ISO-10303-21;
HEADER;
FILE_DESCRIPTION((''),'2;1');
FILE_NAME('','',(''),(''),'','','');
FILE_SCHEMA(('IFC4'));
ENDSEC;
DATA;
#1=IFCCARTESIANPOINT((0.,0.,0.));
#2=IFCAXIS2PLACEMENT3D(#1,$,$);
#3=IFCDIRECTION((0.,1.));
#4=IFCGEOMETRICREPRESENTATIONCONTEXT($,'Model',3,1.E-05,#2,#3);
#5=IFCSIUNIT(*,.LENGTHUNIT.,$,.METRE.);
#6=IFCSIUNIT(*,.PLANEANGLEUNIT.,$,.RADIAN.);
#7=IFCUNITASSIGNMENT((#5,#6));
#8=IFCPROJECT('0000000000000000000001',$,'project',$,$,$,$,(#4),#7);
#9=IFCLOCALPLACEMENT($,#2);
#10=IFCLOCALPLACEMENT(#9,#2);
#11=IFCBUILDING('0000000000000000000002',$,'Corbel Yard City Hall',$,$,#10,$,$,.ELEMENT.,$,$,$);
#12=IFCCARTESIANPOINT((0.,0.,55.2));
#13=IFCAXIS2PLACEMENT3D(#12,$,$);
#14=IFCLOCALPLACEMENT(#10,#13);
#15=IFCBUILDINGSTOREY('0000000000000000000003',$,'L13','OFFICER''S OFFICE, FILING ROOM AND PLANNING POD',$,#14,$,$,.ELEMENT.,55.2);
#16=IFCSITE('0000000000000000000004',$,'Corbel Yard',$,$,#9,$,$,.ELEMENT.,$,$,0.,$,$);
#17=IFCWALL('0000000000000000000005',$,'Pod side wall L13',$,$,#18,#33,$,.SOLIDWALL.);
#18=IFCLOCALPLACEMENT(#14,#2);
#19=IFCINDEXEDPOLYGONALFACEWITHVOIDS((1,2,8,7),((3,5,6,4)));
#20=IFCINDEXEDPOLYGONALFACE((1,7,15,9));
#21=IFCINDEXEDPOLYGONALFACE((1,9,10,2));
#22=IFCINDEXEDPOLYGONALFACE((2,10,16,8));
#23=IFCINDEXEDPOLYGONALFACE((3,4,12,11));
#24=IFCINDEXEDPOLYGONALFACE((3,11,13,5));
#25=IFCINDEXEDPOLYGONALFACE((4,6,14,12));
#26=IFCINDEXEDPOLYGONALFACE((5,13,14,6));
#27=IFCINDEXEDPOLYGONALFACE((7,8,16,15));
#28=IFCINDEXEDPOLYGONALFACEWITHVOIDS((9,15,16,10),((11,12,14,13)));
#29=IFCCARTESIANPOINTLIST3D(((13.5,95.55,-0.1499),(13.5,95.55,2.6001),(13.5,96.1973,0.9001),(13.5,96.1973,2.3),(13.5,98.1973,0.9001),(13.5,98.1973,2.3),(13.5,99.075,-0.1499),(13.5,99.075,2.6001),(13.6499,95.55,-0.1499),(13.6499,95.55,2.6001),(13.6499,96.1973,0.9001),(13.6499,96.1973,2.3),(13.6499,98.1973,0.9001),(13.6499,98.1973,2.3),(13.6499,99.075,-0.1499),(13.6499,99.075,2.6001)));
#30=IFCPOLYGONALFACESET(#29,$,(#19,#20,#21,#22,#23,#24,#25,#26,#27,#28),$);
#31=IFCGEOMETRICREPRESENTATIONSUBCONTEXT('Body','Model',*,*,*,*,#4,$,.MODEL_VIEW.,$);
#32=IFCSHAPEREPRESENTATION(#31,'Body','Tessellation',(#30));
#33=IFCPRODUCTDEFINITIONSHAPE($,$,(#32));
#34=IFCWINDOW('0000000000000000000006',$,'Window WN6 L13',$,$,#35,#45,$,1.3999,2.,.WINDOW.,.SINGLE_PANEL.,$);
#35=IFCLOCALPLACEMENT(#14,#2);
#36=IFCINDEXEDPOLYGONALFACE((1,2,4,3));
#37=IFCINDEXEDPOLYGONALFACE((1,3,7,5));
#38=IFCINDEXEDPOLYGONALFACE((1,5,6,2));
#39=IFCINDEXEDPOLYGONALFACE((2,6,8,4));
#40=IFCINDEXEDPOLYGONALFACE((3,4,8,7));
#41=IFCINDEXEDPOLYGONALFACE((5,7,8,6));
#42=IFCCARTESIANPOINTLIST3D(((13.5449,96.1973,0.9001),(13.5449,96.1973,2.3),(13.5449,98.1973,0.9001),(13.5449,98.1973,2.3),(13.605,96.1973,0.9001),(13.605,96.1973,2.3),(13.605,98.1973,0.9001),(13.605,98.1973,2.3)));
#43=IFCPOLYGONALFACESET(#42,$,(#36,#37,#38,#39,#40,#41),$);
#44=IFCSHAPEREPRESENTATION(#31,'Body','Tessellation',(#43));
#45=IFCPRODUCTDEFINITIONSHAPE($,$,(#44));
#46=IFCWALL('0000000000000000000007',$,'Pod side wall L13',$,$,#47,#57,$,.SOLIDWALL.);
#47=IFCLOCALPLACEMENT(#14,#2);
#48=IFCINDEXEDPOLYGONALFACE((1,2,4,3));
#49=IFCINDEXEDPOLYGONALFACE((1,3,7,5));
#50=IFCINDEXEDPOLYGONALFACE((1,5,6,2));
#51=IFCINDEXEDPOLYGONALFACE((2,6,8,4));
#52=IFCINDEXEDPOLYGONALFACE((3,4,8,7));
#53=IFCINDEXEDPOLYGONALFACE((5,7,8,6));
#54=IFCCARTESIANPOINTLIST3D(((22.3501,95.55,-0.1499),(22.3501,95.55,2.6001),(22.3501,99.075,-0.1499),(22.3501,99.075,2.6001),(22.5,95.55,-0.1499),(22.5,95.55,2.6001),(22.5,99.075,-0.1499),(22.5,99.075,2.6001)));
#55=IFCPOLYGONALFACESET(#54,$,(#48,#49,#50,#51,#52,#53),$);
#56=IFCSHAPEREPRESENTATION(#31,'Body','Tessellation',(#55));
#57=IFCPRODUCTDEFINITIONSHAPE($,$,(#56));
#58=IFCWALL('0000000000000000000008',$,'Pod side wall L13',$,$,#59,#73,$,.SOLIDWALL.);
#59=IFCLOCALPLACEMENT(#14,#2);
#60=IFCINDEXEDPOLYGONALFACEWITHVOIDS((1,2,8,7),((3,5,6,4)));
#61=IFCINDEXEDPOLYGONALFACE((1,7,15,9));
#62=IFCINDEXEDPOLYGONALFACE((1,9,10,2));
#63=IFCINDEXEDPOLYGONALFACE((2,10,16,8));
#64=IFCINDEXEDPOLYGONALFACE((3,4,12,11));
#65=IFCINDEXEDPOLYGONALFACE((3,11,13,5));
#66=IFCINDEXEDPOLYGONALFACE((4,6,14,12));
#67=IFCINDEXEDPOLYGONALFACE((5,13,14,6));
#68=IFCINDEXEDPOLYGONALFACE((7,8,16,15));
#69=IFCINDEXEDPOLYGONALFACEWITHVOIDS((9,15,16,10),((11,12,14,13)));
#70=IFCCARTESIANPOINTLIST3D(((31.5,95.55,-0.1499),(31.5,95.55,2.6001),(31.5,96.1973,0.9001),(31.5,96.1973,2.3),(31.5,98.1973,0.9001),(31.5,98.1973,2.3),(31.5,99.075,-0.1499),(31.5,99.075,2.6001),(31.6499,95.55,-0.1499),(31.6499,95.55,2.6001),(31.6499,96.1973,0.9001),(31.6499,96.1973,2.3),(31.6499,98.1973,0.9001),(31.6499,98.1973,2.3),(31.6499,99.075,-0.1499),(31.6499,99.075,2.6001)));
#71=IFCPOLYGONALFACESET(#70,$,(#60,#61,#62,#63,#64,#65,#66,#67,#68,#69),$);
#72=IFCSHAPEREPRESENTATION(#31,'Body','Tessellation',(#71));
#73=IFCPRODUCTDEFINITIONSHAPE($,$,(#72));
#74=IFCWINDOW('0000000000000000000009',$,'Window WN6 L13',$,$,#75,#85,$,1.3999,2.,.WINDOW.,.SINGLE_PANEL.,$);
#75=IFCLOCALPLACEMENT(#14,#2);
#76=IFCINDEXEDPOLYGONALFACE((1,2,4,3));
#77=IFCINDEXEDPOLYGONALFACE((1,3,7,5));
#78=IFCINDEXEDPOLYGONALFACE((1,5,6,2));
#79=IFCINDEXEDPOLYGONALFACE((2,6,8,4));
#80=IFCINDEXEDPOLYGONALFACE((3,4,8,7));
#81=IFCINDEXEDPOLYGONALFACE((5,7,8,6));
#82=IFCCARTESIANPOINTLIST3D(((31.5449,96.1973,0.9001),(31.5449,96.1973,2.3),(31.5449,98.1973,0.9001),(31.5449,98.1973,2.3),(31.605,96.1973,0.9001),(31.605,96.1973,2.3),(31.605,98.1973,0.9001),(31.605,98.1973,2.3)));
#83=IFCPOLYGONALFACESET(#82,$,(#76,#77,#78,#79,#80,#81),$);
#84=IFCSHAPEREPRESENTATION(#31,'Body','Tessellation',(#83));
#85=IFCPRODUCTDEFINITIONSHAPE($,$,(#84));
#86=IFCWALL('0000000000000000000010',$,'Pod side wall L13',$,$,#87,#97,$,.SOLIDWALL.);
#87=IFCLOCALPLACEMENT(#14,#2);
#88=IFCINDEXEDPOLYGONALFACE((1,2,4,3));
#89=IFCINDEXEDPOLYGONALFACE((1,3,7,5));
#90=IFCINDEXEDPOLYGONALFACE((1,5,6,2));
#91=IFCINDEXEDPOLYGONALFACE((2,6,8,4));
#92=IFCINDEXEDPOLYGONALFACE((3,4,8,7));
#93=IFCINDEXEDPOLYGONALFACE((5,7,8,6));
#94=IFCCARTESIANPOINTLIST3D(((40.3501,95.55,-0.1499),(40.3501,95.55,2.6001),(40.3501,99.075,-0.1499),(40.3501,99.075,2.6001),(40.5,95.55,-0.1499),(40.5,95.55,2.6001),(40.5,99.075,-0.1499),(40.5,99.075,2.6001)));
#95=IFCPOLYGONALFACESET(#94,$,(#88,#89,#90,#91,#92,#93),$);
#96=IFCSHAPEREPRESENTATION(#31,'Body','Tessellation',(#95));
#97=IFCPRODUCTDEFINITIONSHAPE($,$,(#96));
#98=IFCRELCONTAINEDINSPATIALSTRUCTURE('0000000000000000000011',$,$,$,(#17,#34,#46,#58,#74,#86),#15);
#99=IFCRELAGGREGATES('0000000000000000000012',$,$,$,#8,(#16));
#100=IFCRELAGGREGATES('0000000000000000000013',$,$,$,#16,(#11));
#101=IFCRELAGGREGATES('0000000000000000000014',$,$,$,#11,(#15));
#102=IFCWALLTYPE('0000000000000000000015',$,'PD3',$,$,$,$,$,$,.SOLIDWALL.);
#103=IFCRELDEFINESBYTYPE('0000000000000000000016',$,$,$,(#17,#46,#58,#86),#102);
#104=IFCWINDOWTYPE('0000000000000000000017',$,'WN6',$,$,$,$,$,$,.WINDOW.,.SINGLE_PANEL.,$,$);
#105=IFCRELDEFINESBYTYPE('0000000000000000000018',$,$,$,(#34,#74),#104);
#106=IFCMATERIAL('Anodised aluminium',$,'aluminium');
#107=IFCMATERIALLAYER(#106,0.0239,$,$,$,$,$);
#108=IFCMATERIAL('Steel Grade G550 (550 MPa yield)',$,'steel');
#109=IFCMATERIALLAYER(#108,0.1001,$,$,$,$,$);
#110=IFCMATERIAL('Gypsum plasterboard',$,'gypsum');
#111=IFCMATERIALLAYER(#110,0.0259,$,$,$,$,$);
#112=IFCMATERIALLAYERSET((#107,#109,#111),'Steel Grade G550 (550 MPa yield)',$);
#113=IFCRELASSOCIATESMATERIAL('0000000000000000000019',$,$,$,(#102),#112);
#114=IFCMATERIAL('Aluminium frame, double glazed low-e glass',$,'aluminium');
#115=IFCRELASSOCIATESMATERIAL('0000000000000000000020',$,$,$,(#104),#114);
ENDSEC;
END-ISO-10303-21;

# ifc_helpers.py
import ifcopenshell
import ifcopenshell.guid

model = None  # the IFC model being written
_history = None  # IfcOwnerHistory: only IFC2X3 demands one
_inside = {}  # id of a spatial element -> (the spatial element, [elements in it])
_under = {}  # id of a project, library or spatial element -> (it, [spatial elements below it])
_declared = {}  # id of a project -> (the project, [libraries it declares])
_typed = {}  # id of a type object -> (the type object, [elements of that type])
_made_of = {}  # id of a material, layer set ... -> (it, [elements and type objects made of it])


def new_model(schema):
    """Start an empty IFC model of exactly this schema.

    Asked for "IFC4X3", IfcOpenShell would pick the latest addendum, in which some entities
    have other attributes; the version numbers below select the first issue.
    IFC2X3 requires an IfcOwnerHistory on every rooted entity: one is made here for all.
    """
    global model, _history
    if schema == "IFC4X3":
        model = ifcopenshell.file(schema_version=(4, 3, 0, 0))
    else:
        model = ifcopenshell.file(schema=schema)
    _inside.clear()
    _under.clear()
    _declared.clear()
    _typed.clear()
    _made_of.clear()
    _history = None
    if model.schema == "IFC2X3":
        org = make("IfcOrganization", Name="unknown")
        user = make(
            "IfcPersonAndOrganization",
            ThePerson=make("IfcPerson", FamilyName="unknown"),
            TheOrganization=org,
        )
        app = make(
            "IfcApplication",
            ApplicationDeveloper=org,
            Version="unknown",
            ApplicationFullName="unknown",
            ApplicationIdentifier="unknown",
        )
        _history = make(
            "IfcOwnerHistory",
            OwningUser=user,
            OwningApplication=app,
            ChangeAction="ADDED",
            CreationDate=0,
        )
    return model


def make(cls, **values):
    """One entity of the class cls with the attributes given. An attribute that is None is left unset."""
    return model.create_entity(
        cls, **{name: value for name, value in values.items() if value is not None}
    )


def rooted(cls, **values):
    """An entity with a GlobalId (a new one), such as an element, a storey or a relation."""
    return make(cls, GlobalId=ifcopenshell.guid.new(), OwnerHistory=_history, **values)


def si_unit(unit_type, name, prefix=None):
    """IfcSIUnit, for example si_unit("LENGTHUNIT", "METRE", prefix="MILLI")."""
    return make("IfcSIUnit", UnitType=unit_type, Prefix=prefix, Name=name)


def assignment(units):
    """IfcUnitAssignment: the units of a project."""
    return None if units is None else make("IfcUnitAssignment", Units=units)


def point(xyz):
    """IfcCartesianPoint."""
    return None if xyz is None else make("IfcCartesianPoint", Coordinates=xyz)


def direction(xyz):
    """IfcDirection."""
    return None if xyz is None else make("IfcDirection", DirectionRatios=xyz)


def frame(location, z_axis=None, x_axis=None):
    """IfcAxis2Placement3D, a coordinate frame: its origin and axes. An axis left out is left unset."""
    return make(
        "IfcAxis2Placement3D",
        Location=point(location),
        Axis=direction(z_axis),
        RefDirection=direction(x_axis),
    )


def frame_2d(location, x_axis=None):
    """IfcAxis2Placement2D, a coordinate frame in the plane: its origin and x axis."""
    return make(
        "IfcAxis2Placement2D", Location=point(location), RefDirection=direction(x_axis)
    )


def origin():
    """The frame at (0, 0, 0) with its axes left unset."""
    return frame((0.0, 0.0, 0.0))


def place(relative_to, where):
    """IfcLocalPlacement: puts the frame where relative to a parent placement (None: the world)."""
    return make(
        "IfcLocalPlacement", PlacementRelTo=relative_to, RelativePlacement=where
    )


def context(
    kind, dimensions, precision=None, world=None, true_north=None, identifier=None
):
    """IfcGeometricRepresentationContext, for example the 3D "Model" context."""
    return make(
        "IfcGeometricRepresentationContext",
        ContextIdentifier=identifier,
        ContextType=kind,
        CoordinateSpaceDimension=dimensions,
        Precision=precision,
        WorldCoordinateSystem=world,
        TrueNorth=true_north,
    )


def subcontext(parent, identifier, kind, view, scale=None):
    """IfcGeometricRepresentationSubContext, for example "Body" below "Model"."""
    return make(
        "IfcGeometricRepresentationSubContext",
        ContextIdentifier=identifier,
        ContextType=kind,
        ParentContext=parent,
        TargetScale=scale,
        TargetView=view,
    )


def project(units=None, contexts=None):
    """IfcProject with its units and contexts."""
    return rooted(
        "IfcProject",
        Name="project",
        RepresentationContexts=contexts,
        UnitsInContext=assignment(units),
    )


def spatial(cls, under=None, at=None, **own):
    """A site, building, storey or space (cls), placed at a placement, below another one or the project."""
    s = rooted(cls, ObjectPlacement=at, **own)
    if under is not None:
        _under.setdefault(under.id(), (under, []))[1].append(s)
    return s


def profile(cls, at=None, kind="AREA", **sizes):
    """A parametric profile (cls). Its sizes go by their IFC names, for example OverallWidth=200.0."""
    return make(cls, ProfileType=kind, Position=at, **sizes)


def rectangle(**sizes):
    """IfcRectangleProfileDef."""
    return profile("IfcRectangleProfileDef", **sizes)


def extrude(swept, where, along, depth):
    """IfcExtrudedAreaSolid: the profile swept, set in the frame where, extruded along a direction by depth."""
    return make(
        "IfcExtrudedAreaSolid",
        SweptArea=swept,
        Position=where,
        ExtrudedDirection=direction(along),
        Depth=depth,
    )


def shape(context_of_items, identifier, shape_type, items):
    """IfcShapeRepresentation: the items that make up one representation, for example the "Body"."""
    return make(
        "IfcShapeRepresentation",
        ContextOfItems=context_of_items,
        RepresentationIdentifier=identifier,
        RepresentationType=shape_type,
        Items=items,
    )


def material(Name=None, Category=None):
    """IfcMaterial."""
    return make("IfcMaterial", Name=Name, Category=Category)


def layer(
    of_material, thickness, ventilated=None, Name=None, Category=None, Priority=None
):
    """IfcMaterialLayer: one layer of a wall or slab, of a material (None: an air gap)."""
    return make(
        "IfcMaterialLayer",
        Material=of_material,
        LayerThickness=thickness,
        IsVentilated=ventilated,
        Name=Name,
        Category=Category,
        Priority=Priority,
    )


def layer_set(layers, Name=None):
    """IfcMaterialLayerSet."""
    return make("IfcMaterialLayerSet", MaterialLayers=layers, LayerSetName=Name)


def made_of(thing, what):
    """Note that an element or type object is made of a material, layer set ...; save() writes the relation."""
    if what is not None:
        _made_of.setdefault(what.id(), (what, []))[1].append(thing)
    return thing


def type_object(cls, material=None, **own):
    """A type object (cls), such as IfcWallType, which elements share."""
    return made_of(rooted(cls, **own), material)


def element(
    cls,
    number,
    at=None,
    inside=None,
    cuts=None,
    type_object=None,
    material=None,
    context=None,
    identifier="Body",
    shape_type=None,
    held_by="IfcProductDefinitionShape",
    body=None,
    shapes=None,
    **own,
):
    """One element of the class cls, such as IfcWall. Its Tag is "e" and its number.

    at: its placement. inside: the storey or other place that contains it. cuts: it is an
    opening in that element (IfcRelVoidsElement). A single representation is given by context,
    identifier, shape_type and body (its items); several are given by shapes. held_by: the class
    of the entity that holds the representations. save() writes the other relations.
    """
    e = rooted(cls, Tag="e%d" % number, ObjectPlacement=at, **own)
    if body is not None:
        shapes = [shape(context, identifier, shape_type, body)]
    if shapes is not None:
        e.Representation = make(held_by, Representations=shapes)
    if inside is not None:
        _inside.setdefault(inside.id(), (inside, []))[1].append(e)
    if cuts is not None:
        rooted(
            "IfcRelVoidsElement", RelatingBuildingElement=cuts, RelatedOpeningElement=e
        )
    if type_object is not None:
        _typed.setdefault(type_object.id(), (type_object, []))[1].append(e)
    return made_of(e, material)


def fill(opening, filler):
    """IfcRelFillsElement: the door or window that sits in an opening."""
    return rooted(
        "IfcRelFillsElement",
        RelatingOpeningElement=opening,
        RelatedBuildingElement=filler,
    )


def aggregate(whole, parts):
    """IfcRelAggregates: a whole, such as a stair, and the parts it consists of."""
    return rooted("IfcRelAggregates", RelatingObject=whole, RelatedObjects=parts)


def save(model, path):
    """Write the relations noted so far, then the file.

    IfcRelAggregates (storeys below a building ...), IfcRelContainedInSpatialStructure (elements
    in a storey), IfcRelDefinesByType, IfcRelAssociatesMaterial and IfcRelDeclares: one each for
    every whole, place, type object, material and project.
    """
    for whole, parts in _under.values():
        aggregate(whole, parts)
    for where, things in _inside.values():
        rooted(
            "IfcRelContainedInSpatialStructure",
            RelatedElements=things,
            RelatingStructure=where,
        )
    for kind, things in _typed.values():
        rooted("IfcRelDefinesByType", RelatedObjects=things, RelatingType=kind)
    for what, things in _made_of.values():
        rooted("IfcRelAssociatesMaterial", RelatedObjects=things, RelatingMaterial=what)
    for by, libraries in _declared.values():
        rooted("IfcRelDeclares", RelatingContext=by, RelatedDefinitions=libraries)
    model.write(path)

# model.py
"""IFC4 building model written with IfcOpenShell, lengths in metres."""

from ifc_helpers import new_model, si_unit, direction, frame, frame_2d, origin, place, context, subcontext, project, spatial, rectangle, extrude, material, layer, layer_set, type_object, element, fill, save


model = new_model("IFC4")

# Units and contexts
model_context = context("Model", 3, precision=1e-05, world=origin(), true_north=direction((0.0, 1.0)))
body_context = subcontext(model_context, "Body", "Model", "MODEL_VIEW")
ifc_project = project(units=[si_unit("LENGTHUNIT", "METRE"), si_unit("PLANEANGLEUNIT", "RADIAN")], contexts=[model_context])

# Site, building, storey
site_placement = place(None, origin())
site = spatial("IfcSite", under=ifc_project, at=site_placement, Name="Corbel Yard", CompositionType="ELEMENT", RefElevation=0.0)
building_placement = place(site_placement, origin())
building = spatial("IfcBuilding", under=site, at=building_placement, Name="Corbel Yard City Hall", CompositionType="ELEMENT")
storey_placement = place(building_placement, frame((0.0, 0.0, 55.2)))
storey = spatial("IfcBuildingStorey", under=building, at=storey_placement, Name="L13", Description="OFFICER'S OFFICE, FILING ROOM AND PLANNING POD", CompositionType="ELEMENT", Elevation=55.2)

# Shared definitions
ifc_material_1 = material(Name="Anodised aluminium", Category="aluminium")
ifc_material_2 = material(Name="Steel Grade G550 (550 MPa yield)", Category="steel")
ifc_material_3 = material(Name="Gypsum plasterboard", Category="gypsum")
ifc_material_4 = material(Name="Aluminium frame, double glazed low-e glass", Category="aluminium")

# Wall, opening, window
ifc_layer_1 = layer(ifc_material_1, 0.0239)
ifc_layer_2 = layer(ifc_material_2, 0.1001)
ifc_layer_3 = layer(ifc_material_3, 0.0259)
ifc_layer_set_1 = layer_set([ifc_layer_1, ifc_layer_2, ifc_layer_3], Name="Steel Grade G550 (550 MPa yield)")
wall_type_1 = type_object("IfcWallType", Name="PD3", PredefinedType="SOLIDWALL", material=ifc_layer_set_1)
wall_1_placement = place(storey_placement, frame((13.575, 95.55, -0.1499), z_axis=(0.0, 0.0, 1.0), x_axis=(0.0, 1.0, 0.0)))
wall_1 = element("IfcWall", 1, at=wall_1_placement, inside=storey, type_object=wall_type_1, Name="Pod side wall L13", PredefinedType="SOLIDWALL", context=body_context, shape_type="SweptSolid", body=[
    extrude(rectangle(XDim=3.5249, YDim=0.1499, at=frame_2d((1.7625, 0.0))), origin(), (0.0, 0.0, 1.0), 2.75),
])
opening_1_placement = place(wall_1_placement, frame((0.6472, 0.0, 1.05)))
opening_1 = element("IfcOpeningElement", 2, at=opening_1_placement, cuts=wall_1, PredefinedType="OPENING", context=body_context, shape_type="SweptSolid", body=[
    extrude(rectangle(XDim=2.0, YDim=1.3999, at=frame_2d((1.0, 0.7))), frame((0.0, 0.085, 0.0), z_axis=(0.0, -1.0, 0.0), x_axis=(1.0, 0.0, 0.0)), (0.0, 0.0, 1.0), 0.1699),
])
window_type_1 = type_object("IfcWindowType", Name="WN6", PartitioningType="SINGLE_PANEL", PredefinedType="WINDOW", material=ifc_material_4)
window_1_placement = place(opening_1_placement, origin())
window_1 = element("IfcWindow", 3, at=window_1_placement, inside=storey, type_object=window_type_1, Name="Window WN6 L13", OverallHeight=1.3999, OverallWidth=2.0, PartitioningType="SINGLE_PANEL", PredefinedType="WINDOW", context=body_context, shape_type="SweptSolid", body=[
    extrude(rectangle(XDim=2.0, YDim=1.3999, at=frame_2d((1.0, 0.7))), frame((0.0, 0.03, 0.0), z_axis=(0.0, -1.0, 0.0), x_axis=(1.0, 0.0, 0.0)), (0.0, 0.0, 1.0), 0.0601),
])
fill(opening_1, window_1)

# Wall
wall_2_placement = place(storey_placement, frame((22.425, 95.55, -0.1499), z_axis=(0.0, 0.0, 1.0), x_axis=(0.0, 1.0, 0.0)))
element("IfcWall", 4, at=wall_2_placement, inside=storey, type_object=wall_type_1, Name="Pod side wall L13", PredefinedType="SOLIDWALL", context=body_context, shape_type="SweptSolid", body=[
    extrude(rectangle(XDim=3.5249, YDim=0.1499, at=frame_2d((1.7625, 0.0))), origin(), (0.0, 0.0, 1.0), 2.75),
])

# Wall, opening, window
wall_3_placement = place(storey_placement, frame((31.575, 95.55, -0.1499), z_axis=(0.0, 0.0, 1.0), x_axis=(0.0, 1.0, 0.0)))
wall_3 = element("IfcWall", 5, at=wall_3_placement, inside=storey, type_object=wall_type_1, Name="Pod side wall L13", PredefinedType="SOLIDWALL", context=body_context, shape_type="SweptSolid", body=[
    extrude(rectangle(XDim=3.5249, YDim=0.1499, at=frame_2d((1.7625, 0.0))), origin(), (0.0, 0.0, 1.0), 2.75),
])
opening_2_placement = place(wall_3_placement, frame((0.6472, 0.0, 1.05)))
opening_2 = element("IfcOpeningElement", 6, at=opening_2_placement, cuts=wall_3, PredefinedType="OPENING", context=body_context, shape_type="SweptSolid", body=[
    extrude(rectangle(XDim=2.0, YDim=1.3999, at=frame_2d((1.0, 0.7))), frame((0.0, 0.085, 0.0), z_axis=(0.0, -1.0, 0.0), x_axis=(1.0, 0.0, 0.0)), (0.0, 0.0, 1.0), 0.1699),
])
window_2_placement = place(opening_2_placement, origin())
window_2 = element("IfcWindow", 7, at=window_2_placement, inside=storey, type_object=window_type_1, Name="Window WN6 L13", OverallHeight=1.3999, OverallWidth=2.0, PartitioningType="SINGLE_PANEL", PredefinedType="WINDOW", context=body_context, shape_type="SweptSolid", body=[
    extrude(rectangle(XDim=2.0, YDim=1.3999, at=frame_2d((1.0, 0.7))), frame((0.0, 0.03, 0.0), z_axis=(0.0, -1.0, 0.0), x_axis=(1.0, 0.0, 0.0)), (0.0, 0.0, 1.0), 0.0601),
])
fill(opening_2, window_2)

# Wall
wall_4_placement = place(storey_placement, frame((40.425, 95.55, -0.1499), z_axis=(0.0, 0.0, 1.0), x_axis=(0.0, 1.0, 0.0)))
element("IfcWall", 8, at=wall_4_placement, inside=storey, type_object=wall_type_1, Name="Pod side wall L13", PredefinedType="SOLIDWALL", context=body_context, shape_type="SweptSolid", body=[
    extrude(rectangle(XDim=3.5249, YDim=0.1499, at=frame_2d((1.7625, 0.0))), origin(), (0.0, 0.0, 1.0), 2.75),
])

save(model, "model.ifc")
